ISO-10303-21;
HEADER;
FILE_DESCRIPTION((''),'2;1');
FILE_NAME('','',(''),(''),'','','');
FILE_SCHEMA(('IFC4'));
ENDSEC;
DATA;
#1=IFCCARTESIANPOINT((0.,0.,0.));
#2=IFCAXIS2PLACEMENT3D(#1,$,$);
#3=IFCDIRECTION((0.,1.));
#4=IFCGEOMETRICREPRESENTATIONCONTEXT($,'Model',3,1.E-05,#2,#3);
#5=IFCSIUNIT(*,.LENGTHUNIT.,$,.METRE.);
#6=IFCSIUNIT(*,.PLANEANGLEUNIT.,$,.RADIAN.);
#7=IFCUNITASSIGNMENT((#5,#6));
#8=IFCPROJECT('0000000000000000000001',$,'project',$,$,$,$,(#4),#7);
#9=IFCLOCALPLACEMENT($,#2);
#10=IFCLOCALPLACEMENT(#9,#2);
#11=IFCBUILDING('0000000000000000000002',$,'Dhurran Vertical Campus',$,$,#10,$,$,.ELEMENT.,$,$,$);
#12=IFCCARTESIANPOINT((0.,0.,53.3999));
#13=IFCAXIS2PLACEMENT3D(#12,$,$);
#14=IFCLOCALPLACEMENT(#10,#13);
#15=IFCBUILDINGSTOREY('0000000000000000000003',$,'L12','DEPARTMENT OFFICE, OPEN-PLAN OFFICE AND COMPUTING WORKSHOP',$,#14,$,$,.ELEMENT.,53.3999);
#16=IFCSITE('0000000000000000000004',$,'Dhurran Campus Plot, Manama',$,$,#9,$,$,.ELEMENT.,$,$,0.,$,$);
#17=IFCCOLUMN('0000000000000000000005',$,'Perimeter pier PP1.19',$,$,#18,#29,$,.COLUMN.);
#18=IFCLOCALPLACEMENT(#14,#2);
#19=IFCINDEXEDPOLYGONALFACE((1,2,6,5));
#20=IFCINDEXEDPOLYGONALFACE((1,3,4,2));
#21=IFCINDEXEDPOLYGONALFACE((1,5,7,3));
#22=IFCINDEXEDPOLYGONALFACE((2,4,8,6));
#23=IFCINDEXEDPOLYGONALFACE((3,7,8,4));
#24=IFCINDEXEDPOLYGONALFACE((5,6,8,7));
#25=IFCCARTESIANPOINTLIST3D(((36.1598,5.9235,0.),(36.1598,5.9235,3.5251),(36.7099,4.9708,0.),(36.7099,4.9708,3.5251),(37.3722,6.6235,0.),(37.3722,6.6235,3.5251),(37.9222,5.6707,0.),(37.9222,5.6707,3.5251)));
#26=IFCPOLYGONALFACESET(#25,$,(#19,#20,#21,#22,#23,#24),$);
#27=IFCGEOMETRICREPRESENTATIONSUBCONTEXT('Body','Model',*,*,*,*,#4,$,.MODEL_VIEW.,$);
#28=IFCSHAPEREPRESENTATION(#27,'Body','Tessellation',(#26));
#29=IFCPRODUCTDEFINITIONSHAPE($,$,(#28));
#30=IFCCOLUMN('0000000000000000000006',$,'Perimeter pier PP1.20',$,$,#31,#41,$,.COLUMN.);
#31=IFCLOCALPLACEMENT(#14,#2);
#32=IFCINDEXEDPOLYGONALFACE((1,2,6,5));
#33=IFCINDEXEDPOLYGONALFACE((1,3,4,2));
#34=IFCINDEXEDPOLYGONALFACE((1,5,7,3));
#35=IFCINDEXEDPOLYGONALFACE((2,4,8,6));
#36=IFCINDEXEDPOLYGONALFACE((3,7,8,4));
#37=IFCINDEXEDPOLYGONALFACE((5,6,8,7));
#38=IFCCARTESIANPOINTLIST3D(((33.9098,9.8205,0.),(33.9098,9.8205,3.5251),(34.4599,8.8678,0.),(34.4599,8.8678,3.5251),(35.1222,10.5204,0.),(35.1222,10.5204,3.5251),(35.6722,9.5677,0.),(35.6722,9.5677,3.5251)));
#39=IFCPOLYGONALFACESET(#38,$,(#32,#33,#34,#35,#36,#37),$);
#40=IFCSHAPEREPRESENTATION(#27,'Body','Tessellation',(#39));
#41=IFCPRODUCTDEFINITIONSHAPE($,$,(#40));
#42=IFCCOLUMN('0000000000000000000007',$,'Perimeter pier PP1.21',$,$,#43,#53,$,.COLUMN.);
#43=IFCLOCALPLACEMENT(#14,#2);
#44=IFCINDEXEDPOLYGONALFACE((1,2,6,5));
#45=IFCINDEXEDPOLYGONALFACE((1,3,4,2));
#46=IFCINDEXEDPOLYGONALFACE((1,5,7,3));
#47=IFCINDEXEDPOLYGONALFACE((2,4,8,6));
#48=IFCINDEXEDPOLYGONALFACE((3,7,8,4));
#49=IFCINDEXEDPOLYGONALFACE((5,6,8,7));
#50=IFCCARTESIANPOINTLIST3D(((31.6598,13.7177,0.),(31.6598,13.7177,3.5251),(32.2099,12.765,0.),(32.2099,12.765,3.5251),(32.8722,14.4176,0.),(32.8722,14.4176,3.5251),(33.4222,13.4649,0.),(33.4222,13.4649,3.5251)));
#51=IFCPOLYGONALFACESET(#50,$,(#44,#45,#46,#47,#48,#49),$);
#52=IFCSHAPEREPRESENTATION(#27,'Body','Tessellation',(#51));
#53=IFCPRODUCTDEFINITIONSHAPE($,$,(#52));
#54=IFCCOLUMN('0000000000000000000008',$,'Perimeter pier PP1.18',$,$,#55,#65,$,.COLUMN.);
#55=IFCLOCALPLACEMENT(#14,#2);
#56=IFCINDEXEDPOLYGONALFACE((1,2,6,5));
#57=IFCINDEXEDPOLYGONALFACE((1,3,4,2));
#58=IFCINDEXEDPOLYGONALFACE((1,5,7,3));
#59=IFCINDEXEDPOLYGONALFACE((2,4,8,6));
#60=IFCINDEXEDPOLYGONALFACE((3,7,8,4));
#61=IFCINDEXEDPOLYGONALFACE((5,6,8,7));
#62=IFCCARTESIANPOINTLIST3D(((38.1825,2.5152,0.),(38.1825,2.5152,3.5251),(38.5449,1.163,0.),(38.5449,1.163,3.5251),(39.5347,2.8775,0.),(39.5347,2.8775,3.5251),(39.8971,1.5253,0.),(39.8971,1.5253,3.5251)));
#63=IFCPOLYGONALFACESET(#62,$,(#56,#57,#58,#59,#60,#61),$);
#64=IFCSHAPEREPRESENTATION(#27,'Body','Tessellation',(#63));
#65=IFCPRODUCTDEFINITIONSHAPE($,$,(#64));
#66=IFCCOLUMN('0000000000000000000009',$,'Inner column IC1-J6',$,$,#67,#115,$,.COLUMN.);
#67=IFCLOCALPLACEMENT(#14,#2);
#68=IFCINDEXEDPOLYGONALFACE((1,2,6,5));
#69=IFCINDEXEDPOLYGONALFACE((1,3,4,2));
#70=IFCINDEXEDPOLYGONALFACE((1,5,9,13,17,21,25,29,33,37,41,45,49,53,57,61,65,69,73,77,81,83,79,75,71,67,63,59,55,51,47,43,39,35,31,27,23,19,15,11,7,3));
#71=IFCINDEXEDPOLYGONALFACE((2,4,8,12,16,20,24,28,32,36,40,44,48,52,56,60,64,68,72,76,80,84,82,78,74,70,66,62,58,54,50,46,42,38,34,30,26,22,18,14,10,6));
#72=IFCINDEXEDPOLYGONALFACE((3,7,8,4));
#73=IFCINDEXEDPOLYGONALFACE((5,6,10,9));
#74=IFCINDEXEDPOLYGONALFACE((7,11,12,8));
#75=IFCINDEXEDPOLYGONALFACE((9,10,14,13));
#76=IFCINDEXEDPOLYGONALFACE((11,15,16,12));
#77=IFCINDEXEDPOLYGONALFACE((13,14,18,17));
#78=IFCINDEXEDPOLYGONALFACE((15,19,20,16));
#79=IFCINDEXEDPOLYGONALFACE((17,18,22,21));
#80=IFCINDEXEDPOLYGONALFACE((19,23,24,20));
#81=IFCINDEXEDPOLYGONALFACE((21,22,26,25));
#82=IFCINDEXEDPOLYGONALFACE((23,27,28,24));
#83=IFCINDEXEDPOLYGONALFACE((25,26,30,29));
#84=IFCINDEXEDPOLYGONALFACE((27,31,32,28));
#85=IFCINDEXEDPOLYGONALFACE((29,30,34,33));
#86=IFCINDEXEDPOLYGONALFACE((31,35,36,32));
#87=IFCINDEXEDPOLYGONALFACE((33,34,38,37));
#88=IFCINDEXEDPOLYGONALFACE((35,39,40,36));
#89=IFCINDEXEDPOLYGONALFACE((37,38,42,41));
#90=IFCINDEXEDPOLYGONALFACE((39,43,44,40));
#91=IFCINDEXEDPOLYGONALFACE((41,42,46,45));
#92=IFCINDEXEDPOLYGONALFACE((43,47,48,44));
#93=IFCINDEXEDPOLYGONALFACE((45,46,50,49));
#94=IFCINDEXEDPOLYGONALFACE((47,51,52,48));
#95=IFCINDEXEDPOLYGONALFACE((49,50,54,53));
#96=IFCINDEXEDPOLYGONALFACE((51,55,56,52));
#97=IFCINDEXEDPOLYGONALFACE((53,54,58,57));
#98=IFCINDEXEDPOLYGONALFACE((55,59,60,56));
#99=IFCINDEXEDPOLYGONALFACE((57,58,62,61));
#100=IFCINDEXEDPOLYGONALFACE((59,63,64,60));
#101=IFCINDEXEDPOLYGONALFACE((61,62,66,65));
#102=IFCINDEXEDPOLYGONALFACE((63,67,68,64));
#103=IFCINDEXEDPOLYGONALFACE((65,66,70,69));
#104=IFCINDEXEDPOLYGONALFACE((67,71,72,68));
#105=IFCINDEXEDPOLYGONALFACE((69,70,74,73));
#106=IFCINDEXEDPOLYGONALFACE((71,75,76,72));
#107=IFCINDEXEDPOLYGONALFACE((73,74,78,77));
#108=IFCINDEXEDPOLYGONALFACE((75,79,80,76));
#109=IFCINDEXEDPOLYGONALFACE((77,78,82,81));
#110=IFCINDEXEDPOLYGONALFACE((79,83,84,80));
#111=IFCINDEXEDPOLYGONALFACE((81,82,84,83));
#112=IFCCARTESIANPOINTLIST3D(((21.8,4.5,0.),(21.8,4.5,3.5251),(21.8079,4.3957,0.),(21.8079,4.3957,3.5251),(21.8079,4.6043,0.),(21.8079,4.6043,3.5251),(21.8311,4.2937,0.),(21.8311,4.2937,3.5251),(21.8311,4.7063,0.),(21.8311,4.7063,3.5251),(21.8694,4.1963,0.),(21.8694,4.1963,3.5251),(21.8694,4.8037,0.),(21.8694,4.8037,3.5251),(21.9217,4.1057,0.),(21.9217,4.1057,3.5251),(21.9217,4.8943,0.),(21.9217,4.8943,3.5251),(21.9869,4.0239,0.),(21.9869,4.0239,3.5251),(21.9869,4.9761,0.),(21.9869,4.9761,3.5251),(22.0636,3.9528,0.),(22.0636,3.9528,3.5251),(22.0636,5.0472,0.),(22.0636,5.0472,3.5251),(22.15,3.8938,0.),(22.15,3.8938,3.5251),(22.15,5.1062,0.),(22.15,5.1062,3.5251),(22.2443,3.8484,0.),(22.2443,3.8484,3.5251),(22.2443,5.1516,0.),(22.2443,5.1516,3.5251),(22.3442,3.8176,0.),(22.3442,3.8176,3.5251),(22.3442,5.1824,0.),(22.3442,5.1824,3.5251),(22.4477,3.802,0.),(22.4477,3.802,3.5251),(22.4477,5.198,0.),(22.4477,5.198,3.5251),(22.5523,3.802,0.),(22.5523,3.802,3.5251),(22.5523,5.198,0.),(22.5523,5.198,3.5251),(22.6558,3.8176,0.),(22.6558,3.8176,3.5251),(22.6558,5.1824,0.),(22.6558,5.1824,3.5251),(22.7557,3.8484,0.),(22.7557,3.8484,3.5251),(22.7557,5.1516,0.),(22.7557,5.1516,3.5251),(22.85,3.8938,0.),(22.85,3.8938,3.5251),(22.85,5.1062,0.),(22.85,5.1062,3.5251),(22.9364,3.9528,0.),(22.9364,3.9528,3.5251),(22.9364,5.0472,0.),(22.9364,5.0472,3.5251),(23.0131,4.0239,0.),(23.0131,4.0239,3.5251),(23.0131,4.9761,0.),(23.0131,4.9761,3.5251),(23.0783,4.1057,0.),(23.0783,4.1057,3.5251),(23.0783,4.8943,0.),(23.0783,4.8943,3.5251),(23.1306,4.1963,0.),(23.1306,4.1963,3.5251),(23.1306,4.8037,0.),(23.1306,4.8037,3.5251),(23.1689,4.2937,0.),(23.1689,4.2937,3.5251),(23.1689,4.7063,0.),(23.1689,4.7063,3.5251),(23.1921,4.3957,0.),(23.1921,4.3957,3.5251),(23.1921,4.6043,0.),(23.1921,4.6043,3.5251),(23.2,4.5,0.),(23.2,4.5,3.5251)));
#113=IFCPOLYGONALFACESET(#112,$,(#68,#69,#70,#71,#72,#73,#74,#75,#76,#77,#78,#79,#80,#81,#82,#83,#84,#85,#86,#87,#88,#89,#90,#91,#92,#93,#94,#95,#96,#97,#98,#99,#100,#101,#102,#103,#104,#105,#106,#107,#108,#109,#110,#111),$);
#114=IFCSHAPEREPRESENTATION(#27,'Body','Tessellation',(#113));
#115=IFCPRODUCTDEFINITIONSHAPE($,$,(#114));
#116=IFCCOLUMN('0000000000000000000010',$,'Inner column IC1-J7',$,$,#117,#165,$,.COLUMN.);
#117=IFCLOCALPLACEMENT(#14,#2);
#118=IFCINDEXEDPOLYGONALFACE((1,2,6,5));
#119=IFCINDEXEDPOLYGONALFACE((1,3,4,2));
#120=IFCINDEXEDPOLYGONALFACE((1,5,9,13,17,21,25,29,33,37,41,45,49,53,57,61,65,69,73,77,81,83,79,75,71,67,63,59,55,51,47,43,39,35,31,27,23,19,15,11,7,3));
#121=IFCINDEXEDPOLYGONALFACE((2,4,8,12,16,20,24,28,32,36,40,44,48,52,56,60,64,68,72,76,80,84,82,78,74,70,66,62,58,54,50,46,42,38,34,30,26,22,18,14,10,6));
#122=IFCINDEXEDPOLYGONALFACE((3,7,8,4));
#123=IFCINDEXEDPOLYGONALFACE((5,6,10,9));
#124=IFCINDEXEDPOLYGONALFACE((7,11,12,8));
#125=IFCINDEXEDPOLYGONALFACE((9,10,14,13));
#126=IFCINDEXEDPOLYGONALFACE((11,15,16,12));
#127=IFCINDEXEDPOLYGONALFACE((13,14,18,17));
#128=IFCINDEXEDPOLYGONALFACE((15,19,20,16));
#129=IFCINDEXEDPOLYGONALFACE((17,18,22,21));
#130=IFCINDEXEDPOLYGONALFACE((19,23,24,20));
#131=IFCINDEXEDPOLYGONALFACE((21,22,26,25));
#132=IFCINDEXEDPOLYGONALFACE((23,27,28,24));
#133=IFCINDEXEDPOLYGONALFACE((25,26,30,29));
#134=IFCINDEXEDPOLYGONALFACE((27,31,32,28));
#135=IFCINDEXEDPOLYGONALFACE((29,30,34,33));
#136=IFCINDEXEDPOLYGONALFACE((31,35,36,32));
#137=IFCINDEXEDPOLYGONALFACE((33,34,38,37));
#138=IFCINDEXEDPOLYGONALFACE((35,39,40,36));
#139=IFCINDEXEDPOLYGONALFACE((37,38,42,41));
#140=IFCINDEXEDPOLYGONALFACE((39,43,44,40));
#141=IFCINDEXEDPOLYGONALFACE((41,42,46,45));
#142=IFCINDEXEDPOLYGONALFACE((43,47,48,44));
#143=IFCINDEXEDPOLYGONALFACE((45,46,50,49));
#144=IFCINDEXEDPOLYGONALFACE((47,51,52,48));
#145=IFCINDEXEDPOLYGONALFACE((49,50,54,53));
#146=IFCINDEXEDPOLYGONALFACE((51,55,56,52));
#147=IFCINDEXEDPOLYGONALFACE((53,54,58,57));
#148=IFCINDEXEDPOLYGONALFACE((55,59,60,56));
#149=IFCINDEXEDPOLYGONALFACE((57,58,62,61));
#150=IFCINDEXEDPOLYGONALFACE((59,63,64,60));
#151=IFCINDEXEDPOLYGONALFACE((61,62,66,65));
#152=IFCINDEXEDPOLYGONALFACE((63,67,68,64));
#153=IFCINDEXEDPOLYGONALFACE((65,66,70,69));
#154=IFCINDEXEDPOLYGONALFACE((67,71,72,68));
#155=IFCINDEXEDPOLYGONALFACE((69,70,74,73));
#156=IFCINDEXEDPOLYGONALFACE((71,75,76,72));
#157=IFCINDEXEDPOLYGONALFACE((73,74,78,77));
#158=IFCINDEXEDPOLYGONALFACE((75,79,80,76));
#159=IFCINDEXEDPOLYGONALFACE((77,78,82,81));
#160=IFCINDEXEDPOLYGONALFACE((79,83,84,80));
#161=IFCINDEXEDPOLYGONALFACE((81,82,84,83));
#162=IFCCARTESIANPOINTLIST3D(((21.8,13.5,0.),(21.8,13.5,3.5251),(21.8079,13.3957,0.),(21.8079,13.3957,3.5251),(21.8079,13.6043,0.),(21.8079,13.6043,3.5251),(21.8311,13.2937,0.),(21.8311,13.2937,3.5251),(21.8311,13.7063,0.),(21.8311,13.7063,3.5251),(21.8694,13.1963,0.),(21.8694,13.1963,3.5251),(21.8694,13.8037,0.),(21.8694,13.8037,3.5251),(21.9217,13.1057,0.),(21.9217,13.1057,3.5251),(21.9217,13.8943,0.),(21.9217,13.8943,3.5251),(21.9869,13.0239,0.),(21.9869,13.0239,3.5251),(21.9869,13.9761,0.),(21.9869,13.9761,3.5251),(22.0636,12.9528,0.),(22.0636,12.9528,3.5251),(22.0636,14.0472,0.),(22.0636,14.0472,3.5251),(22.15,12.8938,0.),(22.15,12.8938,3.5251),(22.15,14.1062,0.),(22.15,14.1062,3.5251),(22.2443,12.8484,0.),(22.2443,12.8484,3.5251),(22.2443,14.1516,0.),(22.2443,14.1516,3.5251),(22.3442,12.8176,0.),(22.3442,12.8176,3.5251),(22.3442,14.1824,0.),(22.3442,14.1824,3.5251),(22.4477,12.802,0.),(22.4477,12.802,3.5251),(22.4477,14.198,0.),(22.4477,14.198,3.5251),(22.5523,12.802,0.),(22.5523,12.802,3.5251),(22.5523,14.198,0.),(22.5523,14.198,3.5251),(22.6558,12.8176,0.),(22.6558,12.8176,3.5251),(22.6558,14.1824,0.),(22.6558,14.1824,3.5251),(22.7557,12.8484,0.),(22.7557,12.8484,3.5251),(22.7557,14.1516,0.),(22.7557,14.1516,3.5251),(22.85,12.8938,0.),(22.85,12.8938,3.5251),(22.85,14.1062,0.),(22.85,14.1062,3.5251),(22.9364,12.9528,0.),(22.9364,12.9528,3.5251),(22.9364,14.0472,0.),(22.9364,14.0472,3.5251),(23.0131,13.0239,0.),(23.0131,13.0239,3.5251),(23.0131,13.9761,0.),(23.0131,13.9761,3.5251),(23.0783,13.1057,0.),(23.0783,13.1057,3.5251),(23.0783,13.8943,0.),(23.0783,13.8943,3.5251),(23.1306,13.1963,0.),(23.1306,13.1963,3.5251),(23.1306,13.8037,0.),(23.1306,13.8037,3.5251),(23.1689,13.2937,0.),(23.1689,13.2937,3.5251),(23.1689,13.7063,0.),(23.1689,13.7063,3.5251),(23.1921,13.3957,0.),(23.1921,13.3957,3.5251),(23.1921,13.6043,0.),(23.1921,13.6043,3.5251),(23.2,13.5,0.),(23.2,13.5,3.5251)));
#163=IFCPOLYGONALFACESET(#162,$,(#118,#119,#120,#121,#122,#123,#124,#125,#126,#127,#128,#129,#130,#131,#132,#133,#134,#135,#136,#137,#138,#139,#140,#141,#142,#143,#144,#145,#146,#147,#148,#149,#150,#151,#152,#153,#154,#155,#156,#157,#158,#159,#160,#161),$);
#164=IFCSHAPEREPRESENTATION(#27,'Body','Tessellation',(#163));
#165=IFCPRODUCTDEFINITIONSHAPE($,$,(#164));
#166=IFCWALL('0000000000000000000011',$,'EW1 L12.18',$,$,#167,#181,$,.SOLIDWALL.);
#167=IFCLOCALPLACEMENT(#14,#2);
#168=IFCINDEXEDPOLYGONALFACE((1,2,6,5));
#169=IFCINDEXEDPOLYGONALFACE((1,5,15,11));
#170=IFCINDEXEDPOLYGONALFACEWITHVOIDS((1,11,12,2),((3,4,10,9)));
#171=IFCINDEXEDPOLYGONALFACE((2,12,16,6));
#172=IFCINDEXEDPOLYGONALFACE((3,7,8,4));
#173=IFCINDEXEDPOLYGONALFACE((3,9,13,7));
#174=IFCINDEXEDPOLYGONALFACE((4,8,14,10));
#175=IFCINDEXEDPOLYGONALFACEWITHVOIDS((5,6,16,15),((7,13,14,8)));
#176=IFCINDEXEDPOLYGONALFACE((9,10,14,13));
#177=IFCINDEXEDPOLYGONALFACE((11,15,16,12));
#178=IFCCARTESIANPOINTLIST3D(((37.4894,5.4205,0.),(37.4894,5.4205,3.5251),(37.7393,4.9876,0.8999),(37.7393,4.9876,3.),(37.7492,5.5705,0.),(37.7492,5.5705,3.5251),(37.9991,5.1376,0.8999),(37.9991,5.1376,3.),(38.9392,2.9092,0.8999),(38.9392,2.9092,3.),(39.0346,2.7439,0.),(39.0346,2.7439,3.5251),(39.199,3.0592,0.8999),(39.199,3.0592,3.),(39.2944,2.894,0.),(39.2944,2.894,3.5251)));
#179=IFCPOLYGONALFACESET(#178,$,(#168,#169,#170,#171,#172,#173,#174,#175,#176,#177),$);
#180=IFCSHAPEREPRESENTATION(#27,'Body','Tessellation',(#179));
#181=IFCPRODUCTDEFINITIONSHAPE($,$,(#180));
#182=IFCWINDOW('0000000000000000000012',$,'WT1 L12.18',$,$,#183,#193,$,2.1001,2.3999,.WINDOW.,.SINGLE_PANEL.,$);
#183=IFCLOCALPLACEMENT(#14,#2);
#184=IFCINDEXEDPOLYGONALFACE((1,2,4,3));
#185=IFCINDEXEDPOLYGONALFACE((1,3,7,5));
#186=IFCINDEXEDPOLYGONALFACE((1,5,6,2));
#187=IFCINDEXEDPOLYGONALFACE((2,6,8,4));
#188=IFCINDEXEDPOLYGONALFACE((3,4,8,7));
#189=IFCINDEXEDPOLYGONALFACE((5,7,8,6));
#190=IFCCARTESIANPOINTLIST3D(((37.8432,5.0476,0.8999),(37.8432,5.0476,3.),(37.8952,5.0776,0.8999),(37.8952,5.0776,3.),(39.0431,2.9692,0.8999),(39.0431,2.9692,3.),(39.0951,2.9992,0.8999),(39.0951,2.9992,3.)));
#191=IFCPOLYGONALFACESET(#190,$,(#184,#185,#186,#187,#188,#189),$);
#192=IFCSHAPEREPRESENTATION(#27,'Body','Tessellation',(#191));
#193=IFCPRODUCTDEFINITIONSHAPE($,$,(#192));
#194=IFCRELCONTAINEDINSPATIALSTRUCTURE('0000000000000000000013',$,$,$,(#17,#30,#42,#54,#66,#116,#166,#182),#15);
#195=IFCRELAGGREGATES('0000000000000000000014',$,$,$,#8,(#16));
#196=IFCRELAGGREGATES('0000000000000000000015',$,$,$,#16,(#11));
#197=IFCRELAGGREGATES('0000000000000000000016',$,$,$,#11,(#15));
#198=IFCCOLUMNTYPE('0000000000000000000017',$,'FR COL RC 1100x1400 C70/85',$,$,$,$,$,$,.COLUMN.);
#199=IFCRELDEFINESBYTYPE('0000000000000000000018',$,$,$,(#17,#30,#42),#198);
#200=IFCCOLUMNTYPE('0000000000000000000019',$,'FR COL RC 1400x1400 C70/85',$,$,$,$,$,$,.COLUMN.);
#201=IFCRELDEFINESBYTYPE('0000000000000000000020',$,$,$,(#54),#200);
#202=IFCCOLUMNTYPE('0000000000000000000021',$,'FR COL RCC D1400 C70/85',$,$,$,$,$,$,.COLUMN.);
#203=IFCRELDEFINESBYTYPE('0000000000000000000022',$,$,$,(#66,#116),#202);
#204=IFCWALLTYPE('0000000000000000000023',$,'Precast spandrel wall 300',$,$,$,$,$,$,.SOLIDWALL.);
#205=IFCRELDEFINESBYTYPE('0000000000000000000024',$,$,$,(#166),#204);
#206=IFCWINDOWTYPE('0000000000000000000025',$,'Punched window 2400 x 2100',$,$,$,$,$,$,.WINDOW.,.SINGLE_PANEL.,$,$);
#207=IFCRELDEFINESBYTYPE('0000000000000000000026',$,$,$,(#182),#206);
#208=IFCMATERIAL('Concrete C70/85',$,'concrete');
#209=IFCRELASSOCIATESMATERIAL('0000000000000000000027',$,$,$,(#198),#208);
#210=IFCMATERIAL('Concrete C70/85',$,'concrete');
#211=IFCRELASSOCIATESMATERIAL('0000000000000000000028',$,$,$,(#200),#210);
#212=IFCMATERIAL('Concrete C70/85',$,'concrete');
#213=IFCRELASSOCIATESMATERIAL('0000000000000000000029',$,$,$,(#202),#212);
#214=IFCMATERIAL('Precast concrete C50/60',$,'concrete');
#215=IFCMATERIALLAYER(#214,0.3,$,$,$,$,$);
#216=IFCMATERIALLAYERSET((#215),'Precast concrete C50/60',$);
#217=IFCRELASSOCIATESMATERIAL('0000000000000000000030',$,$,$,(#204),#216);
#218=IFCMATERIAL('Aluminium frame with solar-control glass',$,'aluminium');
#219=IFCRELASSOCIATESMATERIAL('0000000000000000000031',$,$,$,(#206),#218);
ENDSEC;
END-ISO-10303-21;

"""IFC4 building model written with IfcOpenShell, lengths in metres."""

from ifc_helpers import new_model, si_unit, direction, frame, frame_2d, origin, origin_2d, place, context, subcontext, project, spatial, rectangle, circle, extrude, material, layer, layer_set, material_profile, profile_set, type_object, element, fill, save


model = new_model("IFC4")

# Units and contexts
model_context = context("Model", 3, precision=1e-05, world=origin(), true_north=direction((0.0, 1.0)))
body_context = subcontext(model_context, "Body", "Model", "MODEL_VIEW")
ifc_project = project(units=[si_unit("LENGTHUNIT", "METRE"), si_unit("PLANEANGLEUNIT", "RADIAN")], contexts=[model_context])

# Site, building, storey
site_placement = place(None, origin())
site = spatial("IfcSite", under=ifc_project, at=site_placement, Name="Dhurran Campus Plot, Manama", CompositionType="ELEMENT", RefElevation=0.0)
building_placement = place(site_placement, origin())
building = spatial("IfcBuilding", under=site, at=building_placement, Name="Dhurran Vertical Campus", CompositionType="ELEMENT")
storey_placement = place(building_placement, frame((0.0, 0.0, 53.3999)))
storey = spatial("IfcBuildingStorey", under=building, at=storey_placement, Name="L12", Description="DEPARTMENT OFFICE, OPEN-PLAN OFFICE AND COMPUTING WORKSHOP", CompositionType="ELEMENT", Elevation=53.3999)

# Columns
ifc_material_1 = material(Name="Concrete C70/85", Category="concrete")
ifc_material_profile_1 = material_profile(ifc_material_1, rectangle(XDim=1.1001, YDim=1.3999, at=origin_2d()), Name="RC 1100x1400")
ifc_profile_set_1 = profile_set([ifc_material_profile_1], Name="Concrete C70/85")
column_type_1 = type_object("IfcColumnType", Name="FR COL RC 1100x1400 C70/85", PredefinedType="COLUMN", material=ifc_profile_set_1)
for number, where, z_axis, x_axis, name in (
    (1, (37.041, 5.7971, 0.0), (0.0, 0.0, 1.0), (-0.5, 0.866025, 0.0), "Perimeter pier PP1.19"),
    (2, (34.791, 9.6941, 0.0), (0.0, 0.0, 1.0), (-0.5, 0.866025, 0.0), "Perimeter pier PP1.20"),
    (3, (32.541, 13.5913, 0.0), (0.0, 0.0, 1.0), (-0.5, 0.866025, 0.0), "Perimeter pier PP1.21"),
):
    element("IfcColumn", number, at=place(storey_placement, frame(where, z_axis=z_axis, x_axis=x_axis)), inside=storey, type_object=column_type_1, Name=name, PredefinedType="COLUMN", context=body_context, shape_type="SweptSolid", body=[
        extrude(rectangle(XDim=1.1001, YDim=1.3999, at=origin_2d()), origin(), (0.0, 0.0, 1.0), 3.5251),
    ])
ifc_material_2 = material(Name="Concrete C70/85", Category="concrete")
ifc_material_profile_2 = material_profile(ifc_material_2, rectangle(XDim=1.3999, YDim=1.3999, at=origin_2d()), Name="RC 1400x1400")
ifc_profile_set_2 = profile_set([ifc_material_profile_2], Name="Concrete C70/85")
column_type_2 = type_object("IfcColumnType", Name="FR COL RC 1400x1400 C70/85", PredefinedType="COLUMN", material=ifc_profile_set_2)
column_placement = place(storey_placement, frame((39.0398, 2.0203, 0.0), z_axis=(0.0, 0.0, 1.0), x_axis=(-0.258819, 0.965926, 0.0)))
element("IfcColumn", 4, at=column_placement, inside=storey, type_object=column_type_2, Name="Perimeter pier PP1.18", PredefinedType="COLUMN", context=body_context, shape_type="SweptSolid", body=[
    extrude(rectangle(XDim=1.3999, YDim=1.3999, at=origin_2d()), origin(), (0.0, 0.0, 1.0), 3.5251),
])
ifc_material_3 = material(Name="Concrete C70/85", Category="concrete")
ifc_material_profile_3 = material_profile(ifc_material_3, circle(Radius=0.7, at=origin_2d()), Name="RCC D1400")
ifc_profile_set_3 = profile_set([ifc_material_profile_3], Name="Concrete C70/85")
column_type_3 = type_object("IfcColumnType", Name="FR COL RCC D1400 C70/85", PredefinedType="COLUMN", material=ifc_profile_set_3)
for number, where, z_axis, x_axis, name in (
    (5, (22.5, 4.5, 0.0), (0.0, 0.0, 1.0), (1.0, 0.0, 0.0), "Inner column IC1-J6"),
    (6, (22.5, 13.5, 0.0), (0.0, 0.0, 1.0), (1.0, 0.0, 0.0), "Inner column IC1-J7"),
):
    element("IfcColumn", number, at=place(storey_placement, frame(where, z_axis=z_axis, x_axis=x_axis)), inside=storey, type_object=column_type_3, Name=name, PredefinedType="COLUMN", context=body_context, shape_type="SweptSolid", body=[
        extrude(circle(Radius=0.7, at=origin_2d()), origin(), (0.0, 0.0, 1.0), 3.5251),
    ])

# Wall, opening, window
ifc_material_4 = material(Name="Precast concrete C50/60", Category="concrete")
ifc_layer_1 = layer(ifc_material_4, 0.3)
ifc_layer_set_1 = layer_set([ifc_layer_1], Name="Precast concrete C50/60")
wall_type_1 = type_object("IfcWallType", Name="Precast spandrel wall 300", PredefinedType="SOLIDWALL", material=ifc_layer_set_1)
wall_1_placement = place(storey_placement, frame((39.1646, 2.8188, 0.0), z_axis=(0.0, 0.0, 1.0), x_axis=(-0.499971, 0.866042, 0.0)))
wall_1 = element("IfcWall", 7, at=wall_1_placement, inside=storey, type_object=wall_type_1, Name="EW1 L12.18", PredefinedType="SOLIDWALL", context=body_context, shape_type="SweptSolid", body=[
    extrude(rectangle(XDim=3.0906, YDim=0.3, at=frame_2d((1.5454, 0.0))), origin(), (0.0, 0.0, 1.0), 3.5251),
])
opening_1_placement = place(wall_1_placement, frame((0.1909, 0.0, 0.8999)))
opening_1 = element("IfcOpeningElement", 8, at=opening_1_placement, cuts=wall_1, PredefinedType="OPENING", context=body_context, shape_type="SweptSolid", body=[
    extrude(rectangle(XDim=2.3999, YDim=2.1001, at=frame_2d((1.2, 1.05))), frame((0.0, 0.1599, 0.0), z_axis=(0.0, -1.0, 0.0), x_axis=(1.0, 0.0, 0.0)), (0.0, 0.0, 1.0), 0.3201),
])
ifc_material_5 = material(Name="Aluminium frame with solar-control glass", Category="aluminium")
window_type = type_object("IfcWindowType", Name="Punched window 2400 x 2100", PartitioningType="SINGLE_PANEL", PredefinedType="WINDOW", material=ifc_material_5)
window_1_placement = place(opening_1_placement, origin())
window_1 = element("IfcWindow", 9, at=window_1_placement, inside=storey, type_object=window_type, Name="WT1 L12.18", OverallHeight=2.1001, OverallWidth=2.3999, PartitioningType="SINGLE_PANEL", PredefinedType="WINDOW", context=body_context, shape_type="SweptSolid", body=[
    extrude(rectangle(XDim=2.3999, YDim=2.1001, at=frame_2d((1.2, 1.05))), frame((0.0, 0.03, 0.0), z_axis=(0.0, -1.0, 0.0), x_axis=(1.0, 0.0, 0.0)), (0.0, 0.0, 1.0), 0.0601),
])
fill(opening_1, window_1)

save(model, "model.ifc")
